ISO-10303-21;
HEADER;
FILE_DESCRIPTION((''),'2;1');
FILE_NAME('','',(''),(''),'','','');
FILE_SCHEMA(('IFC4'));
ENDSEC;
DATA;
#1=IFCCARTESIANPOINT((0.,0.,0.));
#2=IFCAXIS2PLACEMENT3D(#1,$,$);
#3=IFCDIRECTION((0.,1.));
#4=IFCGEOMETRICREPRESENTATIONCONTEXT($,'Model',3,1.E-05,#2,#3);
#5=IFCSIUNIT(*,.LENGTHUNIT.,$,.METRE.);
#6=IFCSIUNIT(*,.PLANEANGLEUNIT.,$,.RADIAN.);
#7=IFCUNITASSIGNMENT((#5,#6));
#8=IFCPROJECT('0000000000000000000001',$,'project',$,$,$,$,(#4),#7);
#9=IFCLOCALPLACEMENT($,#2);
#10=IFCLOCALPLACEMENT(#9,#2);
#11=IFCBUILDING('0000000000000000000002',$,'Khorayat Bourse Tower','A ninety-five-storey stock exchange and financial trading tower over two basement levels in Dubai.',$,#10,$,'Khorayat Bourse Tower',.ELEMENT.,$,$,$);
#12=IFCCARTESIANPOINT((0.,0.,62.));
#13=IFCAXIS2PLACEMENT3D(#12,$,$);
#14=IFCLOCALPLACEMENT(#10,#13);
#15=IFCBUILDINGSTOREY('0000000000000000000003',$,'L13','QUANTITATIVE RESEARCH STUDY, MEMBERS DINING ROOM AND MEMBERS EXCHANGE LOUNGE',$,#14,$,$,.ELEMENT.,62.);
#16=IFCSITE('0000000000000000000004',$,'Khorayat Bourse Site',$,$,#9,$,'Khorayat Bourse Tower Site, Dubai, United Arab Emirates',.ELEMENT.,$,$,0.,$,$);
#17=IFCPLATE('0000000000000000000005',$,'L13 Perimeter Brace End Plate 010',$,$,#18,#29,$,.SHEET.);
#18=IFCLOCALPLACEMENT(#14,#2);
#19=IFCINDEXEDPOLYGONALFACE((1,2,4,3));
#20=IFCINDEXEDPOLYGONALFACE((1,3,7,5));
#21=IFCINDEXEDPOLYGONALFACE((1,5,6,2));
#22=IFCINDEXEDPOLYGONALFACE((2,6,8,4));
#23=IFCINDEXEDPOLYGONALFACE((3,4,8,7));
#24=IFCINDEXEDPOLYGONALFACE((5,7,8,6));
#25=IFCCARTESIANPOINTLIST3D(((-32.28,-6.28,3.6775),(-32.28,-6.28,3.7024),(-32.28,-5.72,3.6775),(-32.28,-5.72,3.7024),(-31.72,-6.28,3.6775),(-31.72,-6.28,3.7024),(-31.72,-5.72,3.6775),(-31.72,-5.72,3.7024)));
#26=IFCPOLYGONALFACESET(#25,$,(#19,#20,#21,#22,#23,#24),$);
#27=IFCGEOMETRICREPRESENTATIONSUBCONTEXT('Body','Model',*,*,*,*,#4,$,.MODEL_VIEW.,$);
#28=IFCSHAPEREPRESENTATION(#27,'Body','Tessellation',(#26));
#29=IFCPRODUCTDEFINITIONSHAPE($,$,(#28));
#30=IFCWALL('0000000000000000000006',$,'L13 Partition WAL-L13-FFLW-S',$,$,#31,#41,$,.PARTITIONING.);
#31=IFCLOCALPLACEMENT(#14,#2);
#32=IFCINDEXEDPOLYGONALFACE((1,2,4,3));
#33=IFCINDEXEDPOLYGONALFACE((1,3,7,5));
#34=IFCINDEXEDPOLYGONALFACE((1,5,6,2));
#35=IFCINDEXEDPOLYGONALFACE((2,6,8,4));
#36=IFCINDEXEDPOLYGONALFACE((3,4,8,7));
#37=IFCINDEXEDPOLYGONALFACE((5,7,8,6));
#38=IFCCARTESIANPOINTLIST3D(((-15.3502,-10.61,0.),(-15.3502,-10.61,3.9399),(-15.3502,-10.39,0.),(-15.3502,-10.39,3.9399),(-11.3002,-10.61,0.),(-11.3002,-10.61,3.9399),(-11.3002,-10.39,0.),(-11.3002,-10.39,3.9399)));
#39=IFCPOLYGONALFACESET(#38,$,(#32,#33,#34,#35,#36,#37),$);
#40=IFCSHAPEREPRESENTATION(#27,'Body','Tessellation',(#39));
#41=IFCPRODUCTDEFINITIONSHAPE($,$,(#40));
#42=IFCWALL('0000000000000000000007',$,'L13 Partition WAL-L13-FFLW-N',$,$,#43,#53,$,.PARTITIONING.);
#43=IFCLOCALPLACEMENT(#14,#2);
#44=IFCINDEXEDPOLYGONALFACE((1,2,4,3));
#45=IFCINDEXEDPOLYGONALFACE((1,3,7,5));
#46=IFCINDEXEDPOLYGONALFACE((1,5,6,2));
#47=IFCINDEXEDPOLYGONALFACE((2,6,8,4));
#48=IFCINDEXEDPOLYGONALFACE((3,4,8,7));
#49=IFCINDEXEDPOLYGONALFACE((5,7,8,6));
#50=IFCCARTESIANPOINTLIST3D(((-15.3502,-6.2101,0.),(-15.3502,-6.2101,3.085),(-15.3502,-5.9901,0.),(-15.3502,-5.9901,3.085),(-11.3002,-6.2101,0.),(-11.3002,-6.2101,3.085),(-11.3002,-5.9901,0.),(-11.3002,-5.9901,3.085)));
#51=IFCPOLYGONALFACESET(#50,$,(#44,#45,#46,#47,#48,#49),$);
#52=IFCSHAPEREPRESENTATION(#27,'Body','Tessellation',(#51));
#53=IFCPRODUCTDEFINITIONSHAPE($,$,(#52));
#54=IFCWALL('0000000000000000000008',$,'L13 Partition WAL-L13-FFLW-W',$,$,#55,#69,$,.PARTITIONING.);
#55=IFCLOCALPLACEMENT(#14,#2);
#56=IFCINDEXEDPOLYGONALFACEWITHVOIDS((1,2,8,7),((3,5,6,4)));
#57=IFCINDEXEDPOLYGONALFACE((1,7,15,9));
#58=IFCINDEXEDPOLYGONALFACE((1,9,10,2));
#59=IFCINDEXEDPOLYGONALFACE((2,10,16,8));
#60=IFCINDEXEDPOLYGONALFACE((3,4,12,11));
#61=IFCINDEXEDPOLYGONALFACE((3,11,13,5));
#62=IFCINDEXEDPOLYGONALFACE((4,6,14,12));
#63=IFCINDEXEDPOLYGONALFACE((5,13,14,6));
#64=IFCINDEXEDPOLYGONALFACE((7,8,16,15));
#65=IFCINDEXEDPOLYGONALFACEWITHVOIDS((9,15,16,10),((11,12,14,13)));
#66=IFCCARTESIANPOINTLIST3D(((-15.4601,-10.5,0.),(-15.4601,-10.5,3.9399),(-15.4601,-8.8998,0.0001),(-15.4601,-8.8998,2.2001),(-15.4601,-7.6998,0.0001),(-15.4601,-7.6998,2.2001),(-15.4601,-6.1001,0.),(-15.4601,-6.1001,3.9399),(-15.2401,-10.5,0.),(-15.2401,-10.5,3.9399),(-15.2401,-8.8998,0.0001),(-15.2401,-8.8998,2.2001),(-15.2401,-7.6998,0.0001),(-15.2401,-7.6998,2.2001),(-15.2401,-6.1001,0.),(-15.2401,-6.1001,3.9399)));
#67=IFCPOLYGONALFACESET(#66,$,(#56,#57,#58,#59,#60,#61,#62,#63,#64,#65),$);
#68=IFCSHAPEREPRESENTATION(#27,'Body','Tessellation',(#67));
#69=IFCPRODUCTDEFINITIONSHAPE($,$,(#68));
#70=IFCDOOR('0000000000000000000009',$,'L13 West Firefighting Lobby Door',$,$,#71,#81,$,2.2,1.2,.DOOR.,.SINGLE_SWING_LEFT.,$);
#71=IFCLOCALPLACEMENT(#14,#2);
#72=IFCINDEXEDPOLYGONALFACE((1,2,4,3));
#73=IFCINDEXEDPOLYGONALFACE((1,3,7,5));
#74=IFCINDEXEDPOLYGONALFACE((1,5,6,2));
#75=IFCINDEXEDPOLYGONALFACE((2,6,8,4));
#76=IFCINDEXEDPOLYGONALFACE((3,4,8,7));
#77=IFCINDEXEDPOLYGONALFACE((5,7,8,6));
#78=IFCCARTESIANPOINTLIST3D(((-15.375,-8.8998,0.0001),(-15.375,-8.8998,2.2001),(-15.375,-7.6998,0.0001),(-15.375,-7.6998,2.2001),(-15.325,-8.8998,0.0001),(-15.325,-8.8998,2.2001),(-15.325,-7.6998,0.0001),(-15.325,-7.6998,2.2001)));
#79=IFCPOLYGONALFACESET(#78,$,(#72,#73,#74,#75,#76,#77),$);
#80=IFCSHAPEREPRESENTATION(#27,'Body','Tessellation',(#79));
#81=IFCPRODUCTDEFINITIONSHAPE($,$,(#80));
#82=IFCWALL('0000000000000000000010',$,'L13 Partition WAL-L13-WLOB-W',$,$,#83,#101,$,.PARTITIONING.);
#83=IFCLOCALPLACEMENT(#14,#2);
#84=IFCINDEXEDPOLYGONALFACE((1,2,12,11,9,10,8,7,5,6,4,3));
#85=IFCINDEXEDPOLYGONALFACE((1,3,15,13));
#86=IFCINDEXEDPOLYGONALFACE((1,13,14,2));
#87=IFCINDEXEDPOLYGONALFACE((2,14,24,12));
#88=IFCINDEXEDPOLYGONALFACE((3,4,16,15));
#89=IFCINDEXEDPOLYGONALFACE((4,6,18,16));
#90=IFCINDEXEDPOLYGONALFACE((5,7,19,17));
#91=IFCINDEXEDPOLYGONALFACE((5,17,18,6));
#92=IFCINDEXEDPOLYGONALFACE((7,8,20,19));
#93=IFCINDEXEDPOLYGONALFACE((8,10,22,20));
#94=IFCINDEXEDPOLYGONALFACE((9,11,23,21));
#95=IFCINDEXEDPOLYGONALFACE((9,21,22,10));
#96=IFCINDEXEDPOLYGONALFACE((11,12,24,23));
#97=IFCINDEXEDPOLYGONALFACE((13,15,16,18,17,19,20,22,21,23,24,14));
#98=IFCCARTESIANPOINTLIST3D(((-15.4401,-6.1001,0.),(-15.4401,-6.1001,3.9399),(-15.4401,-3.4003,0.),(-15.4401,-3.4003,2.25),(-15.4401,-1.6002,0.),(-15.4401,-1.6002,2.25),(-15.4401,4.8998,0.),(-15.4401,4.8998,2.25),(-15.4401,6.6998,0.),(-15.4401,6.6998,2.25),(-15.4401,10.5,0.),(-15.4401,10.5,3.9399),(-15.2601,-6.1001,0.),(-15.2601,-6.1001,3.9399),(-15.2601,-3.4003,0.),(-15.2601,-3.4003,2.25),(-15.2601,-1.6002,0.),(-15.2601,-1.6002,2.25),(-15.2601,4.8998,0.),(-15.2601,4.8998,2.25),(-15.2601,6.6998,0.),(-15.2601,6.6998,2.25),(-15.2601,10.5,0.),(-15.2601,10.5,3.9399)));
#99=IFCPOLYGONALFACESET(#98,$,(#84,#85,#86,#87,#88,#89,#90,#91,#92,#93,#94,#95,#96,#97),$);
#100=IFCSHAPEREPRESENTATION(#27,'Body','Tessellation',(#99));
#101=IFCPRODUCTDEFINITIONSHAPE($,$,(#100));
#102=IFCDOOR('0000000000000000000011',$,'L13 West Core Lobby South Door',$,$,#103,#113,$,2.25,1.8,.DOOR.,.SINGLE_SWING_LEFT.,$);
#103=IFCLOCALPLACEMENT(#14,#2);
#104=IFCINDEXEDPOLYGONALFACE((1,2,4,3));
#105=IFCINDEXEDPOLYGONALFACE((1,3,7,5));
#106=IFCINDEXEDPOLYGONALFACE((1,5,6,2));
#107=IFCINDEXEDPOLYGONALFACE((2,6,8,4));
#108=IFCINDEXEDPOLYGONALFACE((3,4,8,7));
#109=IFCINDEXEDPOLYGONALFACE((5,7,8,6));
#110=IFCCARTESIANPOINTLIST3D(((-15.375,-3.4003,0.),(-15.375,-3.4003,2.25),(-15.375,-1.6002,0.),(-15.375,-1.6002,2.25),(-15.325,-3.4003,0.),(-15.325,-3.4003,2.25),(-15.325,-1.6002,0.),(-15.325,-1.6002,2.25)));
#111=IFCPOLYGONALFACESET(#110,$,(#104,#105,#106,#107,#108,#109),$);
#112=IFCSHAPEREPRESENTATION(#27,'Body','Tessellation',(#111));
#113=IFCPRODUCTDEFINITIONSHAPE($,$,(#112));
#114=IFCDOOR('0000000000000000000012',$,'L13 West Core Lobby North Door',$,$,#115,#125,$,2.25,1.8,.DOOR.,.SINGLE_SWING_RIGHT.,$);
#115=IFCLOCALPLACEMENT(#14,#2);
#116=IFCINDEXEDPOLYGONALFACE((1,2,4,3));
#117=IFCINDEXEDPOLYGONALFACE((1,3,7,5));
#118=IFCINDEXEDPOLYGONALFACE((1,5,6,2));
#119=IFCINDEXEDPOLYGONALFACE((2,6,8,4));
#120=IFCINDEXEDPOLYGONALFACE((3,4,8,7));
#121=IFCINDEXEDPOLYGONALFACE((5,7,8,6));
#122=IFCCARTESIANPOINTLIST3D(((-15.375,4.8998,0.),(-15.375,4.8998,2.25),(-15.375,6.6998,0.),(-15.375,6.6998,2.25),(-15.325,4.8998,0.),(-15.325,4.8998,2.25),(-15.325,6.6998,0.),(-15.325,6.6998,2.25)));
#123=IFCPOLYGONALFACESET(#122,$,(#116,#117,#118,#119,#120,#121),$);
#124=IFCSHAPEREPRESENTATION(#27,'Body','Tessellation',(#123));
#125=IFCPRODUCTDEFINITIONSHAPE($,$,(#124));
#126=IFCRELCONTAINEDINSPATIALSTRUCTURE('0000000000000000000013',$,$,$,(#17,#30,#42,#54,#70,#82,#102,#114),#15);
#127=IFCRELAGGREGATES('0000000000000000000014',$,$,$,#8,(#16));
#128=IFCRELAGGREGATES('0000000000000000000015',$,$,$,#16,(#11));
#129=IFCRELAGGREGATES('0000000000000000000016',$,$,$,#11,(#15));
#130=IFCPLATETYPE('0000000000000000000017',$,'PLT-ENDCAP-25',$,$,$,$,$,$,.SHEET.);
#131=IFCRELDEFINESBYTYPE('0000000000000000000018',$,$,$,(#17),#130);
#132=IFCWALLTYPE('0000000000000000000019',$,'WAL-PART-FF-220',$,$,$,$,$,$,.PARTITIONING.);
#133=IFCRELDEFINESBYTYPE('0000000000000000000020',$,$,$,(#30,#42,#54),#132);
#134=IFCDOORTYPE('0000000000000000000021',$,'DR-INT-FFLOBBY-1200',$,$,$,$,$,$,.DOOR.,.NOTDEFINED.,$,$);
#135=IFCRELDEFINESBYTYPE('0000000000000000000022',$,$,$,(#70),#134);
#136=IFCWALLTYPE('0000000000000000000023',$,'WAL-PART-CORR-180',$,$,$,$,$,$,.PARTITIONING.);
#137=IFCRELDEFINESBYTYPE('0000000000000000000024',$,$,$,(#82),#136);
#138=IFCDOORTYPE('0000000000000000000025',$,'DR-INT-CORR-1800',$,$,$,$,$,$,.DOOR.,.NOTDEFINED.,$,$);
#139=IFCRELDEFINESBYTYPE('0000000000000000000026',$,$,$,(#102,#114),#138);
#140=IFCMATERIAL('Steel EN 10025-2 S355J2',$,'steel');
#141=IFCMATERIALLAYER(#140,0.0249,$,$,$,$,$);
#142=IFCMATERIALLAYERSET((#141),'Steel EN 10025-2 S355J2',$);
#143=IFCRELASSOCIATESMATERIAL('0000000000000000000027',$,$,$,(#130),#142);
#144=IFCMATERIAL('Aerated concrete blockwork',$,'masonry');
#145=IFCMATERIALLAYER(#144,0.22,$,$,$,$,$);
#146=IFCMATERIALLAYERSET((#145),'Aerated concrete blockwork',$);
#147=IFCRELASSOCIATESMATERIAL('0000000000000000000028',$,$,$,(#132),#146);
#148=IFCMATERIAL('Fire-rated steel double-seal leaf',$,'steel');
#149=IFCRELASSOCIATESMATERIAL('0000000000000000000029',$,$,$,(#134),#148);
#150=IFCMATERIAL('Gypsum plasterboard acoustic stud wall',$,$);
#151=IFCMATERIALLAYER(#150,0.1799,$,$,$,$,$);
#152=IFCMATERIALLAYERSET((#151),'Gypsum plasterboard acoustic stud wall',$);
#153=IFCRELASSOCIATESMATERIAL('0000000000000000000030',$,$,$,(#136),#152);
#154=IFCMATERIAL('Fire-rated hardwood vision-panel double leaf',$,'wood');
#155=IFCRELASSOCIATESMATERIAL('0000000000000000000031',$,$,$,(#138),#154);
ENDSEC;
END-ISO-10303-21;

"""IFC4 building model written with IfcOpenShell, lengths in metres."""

from ifc_helpers import new_model, si_unit, direction, frame, frame_2d, origin, origin_2d, place, context, subcontext, project, spatial, rectangle, extrude, source, transform, mapped, material, layer, layer_set, type_object, element, fill, save


model = new_model("IFC4")

# Units and contexts
model_context = context("Model", 3, precision=1e-05, world=origin(), true_north=direction((0.0, 1.0)))
body_context = subcontext(model_context, "Body", "Model", "MODEL_VIEW")
ifc_project = project(units=[si_unit("LENGTHUNIT", "METRE"), si_unit("PLANEANGLEUNIT", "RADIAN")], contexts=[model_context])

# Site, building, storey
site_placement = place(None, origin())
site = spatial("IfcSite", under=ifc_project, at=site_placement, Name="Khorayat Bourse Site", LongName="Khorayat Bourse Tower Site, Dubai, United Arab Emirates", CompositionType="ELEMENT", RefElevation=0.0)
building_placement = place(site_placement, origin())
building = spatial("IfcBuilding", under=site, at=building_placement, Name="Khorayat Bourse Tower", Description="A ninety-five-storey stock exchange and financial trading tower over two basement levels in Dubai.", LongName="Khorayat Bourse Tower", CompositionType="ELEMENT")
storey_placement = place(building_placement, frame((0.0, 0.0, 62.0)))
storey = spatial("IfcBuildingStorey", under=building, at=storey_placement, Name="L13", Description="QUANTITATIVE RESEARCH STUDY, MEMBERS DINING ROOM AND MEMBERS EXCHANGE LOUNGE", CompositionType="ELEMENT", Elevation=62.0)

# Plate
ifc_material_1 = material(Name="Steel EN 10025-2 S355J2", Category="steel")
ifc_layer_1 = layer(ifc_material_1, 0.0249)
ifc_layer_set_1 = layer_set([ifc_layer_1], Name="Steel EN 10025-2 S355J2")
plate_type = type_object("IfcPlateType", Name="PLT-ENDCAP-25", PredefinedType="SHEET", material=ifc_layer_set_1)
shared_shape_1 = source(origin(), body_context, "Body", "SweptSolid", [
    extrude(rectangle(XDim=0.5601, YDim=0.5601, at=origin_2d()), origin(), (0.0, 0.0, 1.0), 0.0249),
])
plate_placement = place(storey_placement, frame((-32.0, -6.0, 3.6775), z_axis=(0.0, 0.0, 1.0), x_axis=(1.0, 0.0, 0.0)))
element("IfcPlate", 1, at=plate_placement, inside=storey, type_object=plate_type, Name="L13 Perimeter Brace End Plate 010", PredefinedType="SHEET", context=body_context, shape_type="MappedRepresentation", body=[
    mapped(shared_shape_1, transform((0.0, 0.0, 0.0), scale=1.0)),
])

# Walls
ifc_material_2 = material(Name="Aerated concrete blockwork", Category="masonry")
ifc_layer_2 = layer(ifc_material_2, 0.22)
ifc_layer_set_2 = layer_set([ifc_layer_2], Name="Aerated concrete blockwork")
wall_type_1 = type_object("IfcWallType", Name="WAL-PART-FF-220", PredefinedType="PARTITIONING", material=ifc_layer_set_2)
shared_shape_2 = source(origin(), body_context, "Body", "SweptSolid", [
    extrude(rectangle(XDim=4.05, YDim=0.22, at=frame_2d((2.0249, 0.0))), origin(), (0.0, 0.0, 1.0), 3.9399),
])
wall_1_placement = place(storey_placement, frame((-15.3501, -10.5, 0.0), z_axis=(0.0, 0.0, 1.0), x_axis=(1.0, 0.0, 0.0)))
element("IfcWall", 2, at=wall_1_placement, inside=storey, type_object=wall_type_1, Name="L13 Partition WAL-L13-FFLW-S", PredefinedType="PARTITIONING", context=body_context, shape_type="MappedRepresentation", body=[
    mapped(shared_shape_2, transform((0.0, 0.0, 0.0), scale=1.0)),
])
shared_shape_3 = source(origin(), body_context, "Body", "SweptSolid", [
    extrude(rectangle(XDim=4.05, YDim=0.22, at=frame_2d((2.0249, 0.0))), origin(), (0.0, 0.0, 1.0), 3.085),
])
wall_2_placement = place(storey_placement, frame((-15.3501, -6.1001, 0.0), z_axis=(0.0, 0.0, 1.0), x_axis=(1.0, 0.0, 0.0)))
element("IfcWall", 3, at=wall_2_placement, inside=storey, type_object=wall_type_1, Name="L13 Partition WAL-L13-FFLW-N", PredefinedType="PARTITIONING", context=body_context, shape_type="MappedRepresentation", body=[
    mapped(shared_shape_3, transform((0.0, 0.0, 0.0), scale=1.0)),
])

# Wall, opening, door
shared_shape_4 = source(origin(), body_context, "Body", "SweptSolid", [
    extrude(rectangle(XDim=4.3999, YDim=0.22, at=frame_2d((2.2, 0.0))), origin(), (0.0, 0.0, 1.0), 3.9399),
])
wall_3_placement = place(storey_placement, frame((-15.3501, -10.5, 0.0), z_axis=(0.0, 0.0, 1.0), x_axis=(0.0, 1.0, 0.0)))
wall_3 = element("IfcWall", 4, at=wall_3_placement, inside=storey, type_object=wall_type_1, Name="L13 Partition WAL-L13-FFLW-W", PredefinedType="PARTITIONING", context=body_context, shape_type="MappedRepresentation", body=[
    mapped(shared_shape_4, transform((0.0, 0.0, 0.0), scale=1.0)),
])
shared_shape_5 = source(origin(), body_context, "Body", "SweptSolid", [
    extrude(rectangle(XDim=1.2, YDim=2.2, at=frame_2d((0.6001, 1.1001))), frame((0.0, 0.1199, 0.0), z_axis=(0.0, -1.0, 0.0), x_axis=(1.0, 0.0, 0.0)), (0.0, 0.0, 1.0), 0.24),
])
opening_1_placement = place(wall_3_placement, frame((1.6001, 0.0, 0.0)))
opening_1 = element("IfcOpeningElement", 5, at=opening_1_placement, cuts=wall_3, PredefinedType="OPENING", context=body_context, shape_type="MappedRepresentation", body=[
    mapped(shared_shape_5, transform((0.0, 0.0, 0.0), scale=1.0)),
])
ifc_material_3 = material(Name="Fire-rated steel double-seal leaf", Category="steel")
door_type_1 = type_object("IfcDoorType", Name="DR-INT-FFLOBBY-1200", OperationType="NOTDEFINED", PredefinedType="DOOR", material=ifc_material_3)
shared_shape_6 = source(origin(), body_context, "Body", "SweptSolid", [
    extrude(rectangle(XDim=1.2, YDim=2.2, at=frame_2d((0.6001, 1.1001))), frame((0.0, 0.0249, 0.0), z_axis=(0.0, -1.0, 0.0), x_axis=(1.0, 0.0, 0.0)), (0.0, 0.0, 1.0), 0.05),
])
door_1_placement = place(opening_1_placement, origin())
door_1 = element("IfcDoor", 6, at=door_1_placement, inside=storey, type_object=door_type_1, Name="L13 West Firefighting Lobby Door", OperationType="SINGLE_SWING_LEFT", OverallHeight=2.2, OverallWidth=1.2, PredefinedType="DOOR", context=body_context, shape_type="MappedRepresentation", body=[
    mapped(shared_shape_6, transform((0.0, 0.0, 0.0), scale=1.0)),
])
fill(opening_1, door_1)

# Wall, openings, doors
ifc_material_4 = material(Name="Gypsum plasterboard acoustic stud wall")
ifc_layer_3 = layer(ifc_material_4, 0.1799)
ifc_layer_set_3 = layer_set([ifc_layer_3], Name="Gypsum plasterboard acoustic stud wall")
wall_type_2 = type_object("IfcWallType", Name="WAL-PART-CORR-180", PredefinedType="PARTITIONING", material=ifc_layer_set_3)
shared_shape_7 = source(origin(), body_context, "Body", "SweptSolid", [
    extrude(rectangle(XDim=16.6001, YDim=0.1799, at=frame_2d((8.3, 0.0))), origin(), (0.0, 0.0, 1.0), 3.9399),
])
wall_4_placement = place(storey_placement, frame((-15.3501, -6.1001, 0.0), z_axis=(0.0, 0.0, 1.0), x_axis=(0.0, 1.0, 0.0)))
wall_4 = element("IfcWall", 7, at=wall_4_placement, inside=storey, type_object=wall_type_2, Name="L13 Partition WAL-L13-WLOB-W", PredefinedType="PARTITIONING", context=body_context, shape_type="MappedRepresentation", body=[
    mapped(shared_shape_7, transform((0.0, 0.0, 0.0), scale=1.0)),
])
shared_shape_8 = source(origin(), body_context, "Body", "SweptSolid", [
    extrude(rectangle(XDim=1.8, YDim=2.25, at=frame_2d((0.8999, 1.125))), frame((0.0, 0.0999, 0.0), z_axis=(0.0, -1.0, 0.0), x_axis=(1.0, 0.0, 0.0)), (0.0, 0.0, 1.0), 0.2),
])
opening_2_placement = place(wall_4_placement, frame((2.7, 0.0, 0.0)))
opening_2 = element("IfcOpeningElement", 8, at=opening_2_placement, cuts=wall_4, PredefinedType="OPENING", context=body_context, shape_type="MappedRepresentation", body=[
    mapped(shared_shape_8, transform((0.0, 0.0, 0.0), scale=1.0)),
])
opening_3_placement = place(wall_4_placement, frame((11.0, 0.0, 0.0)))
opening_3 = element("IfcOpeningElement", 9, at=opening_3_placement, cuts=wall_4, PredefinedType="OPENING", context=body_context, shape_type="MappedRepresentation", body=[
    mapped(shared_shape_8, transform((0.0, 0.0, 0.0), scale=1.0)),
])
ifc_material_5 = material(Name="Fire-rated hardwood vision-panel double leaf", Category="wood")
door_type_2 = type_object("IfcDoorType", Name="DR-INT-CORR-1800", OperationType="NOTDEFINED", PredefinedType="DOOR", material=ifc_material_5)
shared_shape_9 = source(origin(), body_context, "Body", "SweptSolid", [
    extrude(rectangle(XDim=1.8, YDim=2.25, at=frame_2d((0.8999, 1.125))), frame((0.0, 0.0249, 0.0), z_axis=(0.0, -1.0, 0.0), x_axis=(1.0, 0.0, 0.0)), (0.0, 0.0, 1.0), 0.05),
])
door_2_placement = place(opening_2_placement, origin())
door_2 = element("IfcDoor", 10, at=door_2_placement, inside=storey, type_object=door_type_2, Name="L13 West Core Lobby South Door", OperationType="SINGLE_SWING_LEFT", OverallHeight=2.25, OverallWidth=1.8, PredefinedType="DOOR", context=body_context, shape_type="MappedRepresentation", body=[
    mapped(shared_shape_9, transform((0.0, 0.0, 0.0), scale=1.0)),
])
fill(opening_2, door_2)
door_3_placement = place(opening_3_placement, origin())
door_3 = element("IfcDoor", 11, at=door_3_placement, inside=storey, type_object=door_type_2, Name="L13 West Core Lobby North Door", OperationType="SINGLE_SWING_RIGHT", OverallHeight=2.25, OverallWidth=1.8, PredefinedType="DOOR", context=body_context, shape_type="MappedRepresentation", body=[
    mapped(shared_shape_9, transform((0.0, 0.0, 0.0), scale=1.0)),
])
fill(opening_3, door_3)

save(model, "model.ifc")
